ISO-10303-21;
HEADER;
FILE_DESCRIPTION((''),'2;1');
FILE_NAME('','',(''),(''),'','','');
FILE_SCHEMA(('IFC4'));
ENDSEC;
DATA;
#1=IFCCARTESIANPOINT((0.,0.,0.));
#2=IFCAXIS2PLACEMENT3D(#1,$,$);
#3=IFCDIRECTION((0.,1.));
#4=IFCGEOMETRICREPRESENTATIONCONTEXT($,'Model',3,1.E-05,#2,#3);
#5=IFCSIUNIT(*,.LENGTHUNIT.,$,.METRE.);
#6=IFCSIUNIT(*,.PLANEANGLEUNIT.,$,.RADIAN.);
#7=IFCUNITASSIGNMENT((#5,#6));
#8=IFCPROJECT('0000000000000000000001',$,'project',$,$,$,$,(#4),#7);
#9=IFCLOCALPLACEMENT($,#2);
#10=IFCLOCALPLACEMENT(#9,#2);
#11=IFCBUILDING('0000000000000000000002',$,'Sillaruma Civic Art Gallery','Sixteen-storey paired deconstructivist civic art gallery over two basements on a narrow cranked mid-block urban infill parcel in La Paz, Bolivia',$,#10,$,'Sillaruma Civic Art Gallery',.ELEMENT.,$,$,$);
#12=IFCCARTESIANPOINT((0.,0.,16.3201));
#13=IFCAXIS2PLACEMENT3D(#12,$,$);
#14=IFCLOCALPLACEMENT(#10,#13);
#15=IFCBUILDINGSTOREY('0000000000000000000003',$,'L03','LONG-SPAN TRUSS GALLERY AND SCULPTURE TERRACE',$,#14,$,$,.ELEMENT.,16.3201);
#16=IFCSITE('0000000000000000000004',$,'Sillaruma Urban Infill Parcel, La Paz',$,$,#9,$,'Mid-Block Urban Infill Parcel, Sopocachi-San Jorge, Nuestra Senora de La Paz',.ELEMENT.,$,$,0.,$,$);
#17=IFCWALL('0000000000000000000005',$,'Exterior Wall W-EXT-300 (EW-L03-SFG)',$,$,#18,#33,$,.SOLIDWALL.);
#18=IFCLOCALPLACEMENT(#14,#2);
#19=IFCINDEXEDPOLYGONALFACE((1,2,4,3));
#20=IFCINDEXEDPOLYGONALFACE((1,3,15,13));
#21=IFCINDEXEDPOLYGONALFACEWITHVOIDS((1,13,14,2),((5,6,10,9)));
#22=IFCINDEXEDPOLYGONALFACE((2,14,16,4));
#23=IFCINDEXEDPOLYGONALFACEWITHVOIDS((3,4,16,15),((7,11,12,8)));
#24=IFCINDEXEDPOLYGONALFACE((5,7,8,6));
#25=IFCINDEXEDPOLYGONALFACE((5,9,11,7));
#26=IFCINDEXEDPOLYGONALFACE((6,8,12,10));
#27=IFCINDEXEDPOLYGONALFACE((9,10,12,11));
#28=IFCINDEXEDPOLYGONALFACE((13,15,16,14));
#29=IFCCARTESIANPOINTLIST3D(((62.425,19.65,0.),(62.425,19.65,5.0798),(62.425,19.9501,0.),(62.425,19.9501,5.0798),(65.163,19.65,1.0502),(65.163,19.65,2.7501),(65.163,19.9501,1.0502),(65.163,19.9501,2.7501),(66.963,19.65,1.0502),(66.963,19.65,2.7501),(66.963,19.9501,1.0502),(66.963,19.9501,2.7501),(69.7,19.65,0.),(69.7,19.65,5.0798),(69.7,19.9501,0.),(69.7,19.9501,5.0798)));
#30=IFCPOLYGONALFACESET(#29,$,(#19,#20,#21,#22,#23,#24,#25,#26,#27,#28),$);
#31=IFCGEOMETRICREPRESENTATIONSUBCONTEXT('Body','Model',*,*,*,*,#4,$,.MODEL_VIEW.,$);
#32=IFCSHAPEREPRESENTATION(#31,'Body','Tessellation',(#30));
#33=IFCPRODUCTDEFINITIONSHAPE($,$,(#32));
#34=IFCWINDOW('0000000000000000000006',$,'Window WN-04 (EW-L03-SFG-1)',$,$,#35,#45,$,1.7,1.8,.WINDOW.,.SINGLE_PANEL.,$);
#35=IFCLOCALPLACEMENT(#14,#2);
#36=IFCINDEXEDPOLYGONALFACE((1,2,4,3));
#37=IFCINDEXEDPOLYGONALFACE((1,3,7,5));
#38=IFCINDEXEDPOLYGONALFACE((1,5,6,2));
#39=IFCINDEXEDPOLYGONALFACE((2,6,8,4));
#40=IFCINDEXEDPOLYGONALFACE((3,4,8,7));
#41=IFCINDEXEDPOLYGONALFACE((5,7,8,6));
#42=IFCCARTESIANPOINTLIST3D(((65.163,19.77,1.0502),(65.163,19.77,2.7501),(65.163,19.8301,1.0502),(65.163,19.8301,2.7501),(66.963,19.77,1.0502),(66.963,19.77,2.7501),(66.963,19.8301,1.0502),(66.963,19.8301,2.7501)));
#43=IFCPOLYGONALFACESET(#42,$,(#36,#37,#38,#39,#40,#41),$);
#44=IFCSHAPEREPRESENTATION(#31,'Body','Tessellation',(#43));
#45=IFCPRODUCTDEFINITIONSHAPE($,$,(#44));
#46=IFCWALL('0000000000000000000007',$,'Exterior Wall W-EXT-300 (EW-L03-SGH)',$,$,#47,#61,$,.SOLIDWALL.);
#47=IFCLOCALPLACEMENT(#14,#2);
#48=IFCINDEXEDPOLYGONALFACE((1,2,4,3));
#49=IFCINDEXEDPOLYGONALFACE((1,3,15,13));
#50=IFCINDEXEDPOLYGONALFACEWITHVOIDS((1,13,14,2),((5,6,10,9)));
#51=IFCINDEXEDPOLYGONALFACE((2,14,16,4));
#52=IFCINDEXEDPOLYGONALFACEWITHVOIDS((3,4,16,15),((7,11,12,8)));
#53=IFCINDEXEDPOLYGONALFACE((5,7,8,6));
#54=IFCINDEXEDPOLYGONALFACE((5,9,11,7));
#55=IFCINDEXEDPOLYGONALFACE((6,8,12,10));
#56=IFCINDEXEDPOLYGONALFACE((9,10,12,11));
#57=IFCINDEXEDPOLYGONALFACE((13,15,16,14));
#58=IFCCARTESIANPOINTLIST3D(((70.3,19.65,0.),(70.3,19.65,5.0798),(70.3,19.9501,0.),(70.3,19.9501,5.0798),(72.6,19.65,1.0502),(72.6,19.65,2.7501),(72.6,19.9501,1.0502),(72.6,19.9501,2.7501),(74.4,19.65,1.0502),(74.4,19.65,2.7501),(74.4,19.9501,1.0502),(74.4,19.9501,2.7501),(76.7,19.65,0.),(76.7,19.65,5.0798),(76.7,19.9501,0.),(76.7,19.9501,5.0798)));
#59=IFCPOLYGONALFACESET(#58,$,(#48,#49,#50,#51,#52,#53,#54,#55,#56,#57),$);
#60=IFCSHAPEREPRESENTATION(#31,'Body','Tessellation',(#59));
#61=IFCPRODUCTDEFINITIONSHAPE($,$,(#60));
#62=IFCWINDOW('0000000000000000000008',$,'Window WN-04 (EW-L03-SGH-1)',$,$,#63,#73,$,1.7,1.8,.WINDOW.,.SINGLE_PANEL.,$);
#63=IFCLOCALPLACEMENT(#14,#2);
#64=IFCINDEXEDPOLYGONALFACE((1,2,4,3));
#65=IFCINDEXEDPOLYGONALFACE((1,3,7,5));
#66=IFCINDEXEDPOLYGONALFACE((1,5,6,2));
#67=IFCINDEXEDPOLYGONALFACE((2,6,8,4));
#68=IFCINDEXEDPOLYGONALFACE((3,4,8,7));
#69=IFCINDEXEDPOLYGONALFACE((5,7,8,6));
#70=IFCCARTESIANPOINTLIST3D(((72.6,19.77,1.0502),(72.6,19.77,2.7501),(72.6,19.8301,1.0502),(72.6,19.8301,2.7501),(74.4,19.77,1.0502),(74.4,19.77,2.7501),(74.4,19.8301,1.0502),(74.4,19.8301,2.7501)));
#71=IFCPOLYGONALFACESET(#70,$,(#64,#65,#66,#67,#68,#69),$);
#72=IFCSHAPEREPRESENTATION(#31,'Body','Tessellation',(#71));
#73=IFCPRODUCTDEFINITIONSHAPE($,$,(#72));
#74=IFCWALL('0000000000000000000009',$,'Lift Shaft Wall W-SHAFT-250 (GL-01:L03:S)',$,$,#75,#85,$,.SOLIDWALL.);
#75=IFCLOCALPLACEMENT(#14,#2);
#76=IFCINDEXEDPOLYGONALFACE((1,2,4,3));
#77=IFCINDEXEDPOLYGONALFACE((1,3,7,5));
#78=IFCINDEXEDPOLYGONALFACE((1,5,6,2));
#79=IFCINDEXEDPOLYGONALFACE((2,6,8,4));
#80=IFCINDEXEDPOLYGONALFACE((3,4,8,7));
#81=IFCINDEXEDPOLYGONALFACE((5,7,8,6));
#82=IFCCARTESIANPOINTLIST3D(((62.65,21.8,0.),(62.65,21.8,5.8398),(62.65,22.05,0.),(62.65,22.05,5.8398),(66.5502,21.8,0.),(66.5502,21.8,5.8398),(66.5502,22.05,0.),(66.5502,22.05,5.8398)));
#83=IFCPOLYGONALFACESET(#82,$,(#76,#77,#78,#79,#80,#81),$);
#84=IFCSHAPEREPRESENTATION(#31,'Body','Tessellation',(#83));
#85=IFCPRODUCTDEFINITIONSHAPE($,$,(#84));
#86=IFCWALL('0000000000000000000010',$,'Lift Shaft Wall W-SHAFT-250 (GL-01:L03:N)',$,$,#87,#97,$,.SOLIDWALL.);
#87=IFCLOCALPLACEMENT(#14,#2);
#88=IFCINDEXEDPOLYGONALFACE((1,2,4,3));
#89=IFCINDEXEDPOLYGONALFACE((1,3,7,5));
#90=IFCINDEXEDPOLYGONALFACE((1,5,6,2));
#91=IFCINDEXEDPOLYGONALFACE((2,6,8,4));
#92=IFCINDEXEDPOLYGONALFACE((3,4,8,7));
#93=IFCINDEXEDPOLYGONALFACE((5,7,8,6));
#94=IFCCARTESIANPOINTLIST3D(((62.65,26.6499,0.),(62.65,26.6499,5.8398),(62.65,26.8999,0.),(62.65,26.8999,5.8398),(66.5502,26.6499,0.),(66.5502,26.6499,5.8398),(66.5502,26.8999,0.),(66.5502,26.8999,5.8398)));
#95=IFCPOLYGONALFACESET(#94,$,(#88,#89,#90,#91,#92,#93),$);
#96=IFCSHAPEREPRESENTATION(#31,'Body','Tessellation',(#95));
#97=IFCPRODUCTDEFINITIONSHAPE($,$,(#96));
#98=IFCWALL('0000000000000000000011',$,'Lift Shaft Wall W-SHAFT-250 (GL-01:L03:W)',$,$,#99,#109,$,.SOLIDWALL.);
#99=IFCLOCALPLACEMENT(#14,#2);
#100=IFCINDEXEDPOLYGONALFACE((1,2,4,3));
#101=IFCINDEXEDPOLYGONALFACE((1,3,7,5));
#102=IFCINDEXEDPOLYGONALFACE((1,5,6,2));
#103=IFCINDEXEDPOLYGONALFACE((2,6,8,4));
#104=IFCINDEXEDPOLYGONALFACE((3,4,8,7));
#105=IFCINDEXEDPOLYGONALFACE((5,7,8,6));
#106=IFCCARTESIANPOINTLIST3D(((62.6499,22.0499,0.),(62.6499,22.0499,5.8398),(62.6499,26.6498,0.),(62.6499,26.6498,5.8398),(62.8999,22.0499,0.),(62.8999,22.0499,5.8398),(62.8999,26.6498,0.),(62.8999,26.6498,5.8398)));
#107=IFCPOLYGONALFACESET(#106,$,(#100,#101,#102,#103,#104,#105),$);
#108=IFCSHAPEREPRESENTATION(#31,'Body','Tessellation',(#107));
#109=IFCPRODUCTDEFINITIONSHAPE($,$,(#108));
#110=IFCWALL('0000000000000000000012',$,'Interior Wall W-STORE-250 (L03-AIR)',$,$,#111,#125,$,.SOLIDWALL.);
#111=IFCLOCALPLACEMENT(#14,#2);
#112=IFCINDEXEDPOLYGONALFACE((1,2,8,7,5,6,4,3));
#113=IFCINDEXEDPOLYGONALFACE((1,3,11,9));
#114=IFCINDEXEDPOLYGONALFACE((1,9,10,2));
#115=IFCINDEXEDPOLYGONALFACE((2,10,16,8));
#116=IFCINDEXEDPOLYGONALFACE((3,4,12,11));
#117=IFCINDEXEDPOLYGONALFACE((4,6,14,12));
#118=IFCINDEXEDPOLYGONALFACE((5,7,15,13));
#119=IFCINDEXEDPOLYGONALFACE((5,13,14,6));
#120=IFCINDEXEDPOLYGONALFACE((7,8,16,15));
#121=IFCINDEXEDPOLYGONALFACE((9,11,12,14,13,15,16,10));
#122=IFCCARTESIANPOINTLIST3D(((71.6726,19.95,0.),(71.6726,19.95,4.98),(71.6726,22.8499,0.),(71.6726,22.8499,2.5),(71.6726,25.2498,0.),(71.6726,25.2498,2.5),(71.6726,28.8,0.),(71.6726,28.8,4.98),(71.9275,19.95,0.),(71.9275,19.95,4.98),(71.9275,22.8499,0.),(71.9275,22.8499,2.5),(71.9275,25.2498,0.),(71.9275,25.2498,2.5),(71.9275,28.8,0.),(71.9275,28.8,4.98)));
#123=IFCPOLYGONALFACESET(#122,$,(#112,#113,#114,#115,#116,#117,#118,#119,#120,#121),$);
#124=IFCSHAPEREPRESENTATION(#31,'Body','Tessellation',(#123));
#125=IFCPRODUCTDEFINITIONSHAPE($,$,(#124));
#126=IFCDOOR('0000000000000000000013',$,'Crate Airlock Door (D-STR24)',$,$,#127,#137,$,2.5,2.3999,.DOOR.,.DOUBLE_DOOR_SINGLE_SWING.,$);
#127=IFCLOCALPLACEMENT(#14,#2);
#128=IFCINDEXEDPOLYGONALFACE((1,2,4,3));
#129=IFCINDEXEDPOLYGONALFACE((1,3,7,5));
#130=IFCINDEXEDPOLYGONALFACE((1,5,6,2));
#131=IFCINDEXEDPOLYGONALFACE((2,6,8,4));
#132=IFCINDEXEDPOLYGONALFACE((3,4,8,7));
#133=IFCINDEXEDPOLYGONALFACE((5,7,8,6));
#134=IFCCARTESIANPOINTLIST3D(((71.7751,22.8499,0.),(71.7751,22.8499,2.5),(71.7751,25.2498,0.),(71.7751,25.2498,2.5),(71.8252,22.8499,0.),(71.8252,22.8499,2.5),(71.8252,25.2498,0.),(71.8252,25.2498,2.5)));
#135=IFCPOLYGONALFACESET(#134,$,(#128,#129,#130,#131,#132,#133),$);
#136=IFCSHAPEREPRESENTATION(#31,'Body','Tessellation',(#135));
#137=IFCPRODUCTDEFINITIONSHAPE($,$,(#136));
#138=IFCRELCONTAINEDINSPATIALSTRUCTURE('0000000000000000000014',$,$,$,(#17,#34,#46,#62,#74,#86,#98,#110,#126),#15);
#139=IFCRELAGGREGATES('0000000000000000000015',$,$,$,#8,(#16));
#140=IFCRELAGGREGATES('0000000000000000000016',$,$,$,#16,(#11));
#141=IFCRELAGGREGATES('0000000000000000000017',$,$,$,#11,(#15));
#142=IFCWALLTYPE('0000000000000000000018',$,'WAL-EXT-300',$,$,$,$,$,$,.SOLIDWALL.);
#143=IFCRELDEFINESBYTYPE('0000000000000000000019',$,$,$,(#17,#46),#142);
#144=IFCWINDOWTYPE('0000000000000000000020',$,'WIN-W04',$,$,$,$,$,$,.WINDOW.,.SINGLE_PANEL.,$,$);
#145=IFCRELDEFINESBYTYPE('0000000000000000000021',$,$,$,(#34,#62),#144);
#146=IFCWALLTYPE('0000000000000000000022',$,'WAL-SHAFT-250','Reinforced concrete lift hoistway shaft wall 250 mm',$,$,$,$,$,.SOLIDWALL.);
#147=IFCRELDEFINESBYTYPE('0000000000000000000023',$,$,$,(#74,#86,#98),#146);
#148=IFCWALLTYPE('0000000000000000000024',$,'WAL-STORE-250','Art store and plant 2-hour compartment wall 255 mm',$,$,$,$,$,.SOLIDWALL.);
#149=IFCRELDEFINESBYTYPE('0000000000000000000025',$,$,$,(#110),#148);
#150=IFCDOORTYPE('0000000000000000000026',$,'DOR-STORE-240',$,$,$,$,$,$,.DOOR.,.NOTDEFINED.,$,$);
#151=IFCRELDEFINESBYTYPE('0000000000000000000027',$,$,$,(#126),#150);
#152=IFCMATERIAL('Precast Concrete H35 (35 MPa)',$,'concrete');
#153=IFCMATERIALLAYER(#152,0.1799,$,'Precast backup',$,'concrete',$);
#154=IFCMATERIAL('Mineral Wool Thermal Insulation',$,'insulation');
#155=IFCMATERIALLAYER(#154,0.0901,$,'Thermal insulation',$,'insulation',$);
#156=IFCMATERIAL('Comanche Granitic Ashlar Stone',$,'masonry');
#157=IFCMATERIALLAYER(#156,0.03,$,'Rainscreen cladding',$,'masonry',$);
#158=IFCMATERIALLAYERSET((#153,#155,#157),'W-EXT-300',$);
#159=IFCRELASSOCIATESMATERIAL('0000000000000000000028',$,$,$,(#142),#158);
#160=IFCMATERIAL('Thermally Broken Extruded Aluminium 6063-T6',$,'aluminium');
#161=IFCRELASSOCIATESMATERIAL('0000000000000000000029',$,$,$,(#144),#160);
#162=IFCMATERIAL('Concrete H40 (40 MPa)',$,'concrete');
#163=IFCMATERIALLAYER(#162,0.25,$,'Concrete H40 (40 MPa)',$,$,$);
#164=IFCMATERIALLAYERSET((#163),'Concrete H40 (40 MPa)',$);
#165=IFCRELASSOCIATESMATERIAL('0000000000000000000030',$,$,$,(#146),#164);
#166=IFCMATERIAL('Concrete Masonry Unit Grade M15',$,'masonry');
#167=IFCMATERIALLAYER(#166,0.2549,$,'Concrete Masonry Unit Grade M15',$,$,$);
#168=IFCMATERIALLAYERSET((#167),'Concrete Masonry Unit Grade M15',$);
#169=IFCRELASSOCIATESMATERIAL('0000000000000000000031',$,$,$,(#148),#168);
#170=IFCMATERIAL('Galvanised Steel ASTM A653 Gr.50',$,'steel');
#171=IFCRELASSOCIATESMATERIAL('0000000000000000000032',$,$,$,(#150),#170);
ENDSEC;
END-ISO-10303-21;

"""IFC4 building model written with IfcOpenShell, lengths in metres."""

from ifc_helpers import new_model, si_unit, direction, frame, frame_2d, origin, place, context, subcontext, project, spatial, rectangle, extrude, material, layer, layer_set, type_object, element, fill, save


model = new_model("IFC4")

# Units and contexts
model_context = context("Model", 3, precision=1e-05, world=origin(), true_north=direction((0.0, 1.0)))
body_context = subcontext(model_context, "Body", "Model", "MODEL_VIEW")
ifc_project = project(units=[si_unit("LENGTHUNIT", "METRE"), si_unit("PLANEANGLEUNIT", "RADIAN")], contexts=[model_context])

# Site, building, storey
site_placement = place(None, origin())
site = spatial("IfcSite", under=ifc_project, at=site_placement, Name="Sillaruma Urban Infill Parcel, La Paz", LongName="Mid-Block Urban Infill Parcel, Sopocachi-San Jorge, Nuestra Senora de La Paz", CompositionType="ELEMENT", RefElevation=0.0)
building_placement = place(site_placement, origin())
building = spatial("IfcBuilding", under=site, at=building_placement, Name="Sillaruma Civic Art Gallery", Description="Sixteen-storey paired deconstructivist civic art gallery over two basements on a narrow cranked mid-block urban infill parcel in La Paz, Bolivia", LongName="Sillaruma Civic Art Gallery", CompositionType="ELEMENT")
storey_placement = place(building_placement, frame((0.0, 0.0, 16.3201)))
storey = spatial("IfcBuildingStorey", under=building, at=storey_placement, Name="L03", Description="LONG-SPAN TRUSS GALLERY AND SCULPTURE TERRACE", CompositionType="ELEMENT", Elevation=16.3201)

# Shared definitions
ifc_material_1 = material(Name="Concrete H40 (40 MPa)", Category="concrete")

# Walls, openings, windows
ifc_material_2 = material(Name="Precast Concrete H35 (35 MPa)", Category="concrete")
ifc_layer_1 = layer(ifc_material_2, 0.1799, Name="Precast backup", Category="concrete")
ifc_material_3 = material(Name="Mineral Wool Thermal Insulation", Category="insulation")
ifc_layer_2 = layer(ifc_material_3, 0.0901, Name="Thermal insulation", Category="insulation")
ifc_material_4 = material(Name="Comanche Granitic Ashlar Stone", Category="masonry")
ifc_layer_3 = layer(ifc_material_4, 0.03, Name="Rainscreen cladding", Category="masonry")
ifc_layer_set_1 = layer_set([ifc_layer_1, ifc_layer_2, ifc_layer_3], Name="W-EXT-300")
wall_type_1 = type_object("IfcWallType", Name="WAL-EXT-300", PredefinedType="SOLIDWALL", material=ifc_layer_set_1)
wall_1_placement = place(storey_placement, frame((62.425, 19.8, 0.0), z_axis=(0.0, 0.0, 1.0), x_axis=(1.0, 0.0, 0.0)))
wall_1 = element("IfcWall", 1, at=wall_1_placement, inside=storey, type_object=wall_type_1, Name="Exterior Wall W-EXT-300 (EW-L03-SFG)", PredefinedType="SOLIDWALL", context=body_context, shape_type="SweptSolid", body=[
    extrude(rectangle(XDim=7.2749, YDim=0.3, at=frame_2d((3.6375, 0.0))), origin(), (0.0, 0.0, 1.0), 5.0798),
])
opening_1_placement = place(wall_1_placement, frame((2.738, 0.0, 1.05)))
opening_1 = element("IfcOpeningElement", 2, at=opening_1_placement, cuts=wall_1, PredefinedType="OPENING", context=body_context, shape_type="SweptSolid", body=[
    extrude(rectangle(XDim=1.8, YDim=1.7, at=frame_2d((0.8999, 0.8501))), frame((0.0, 0.1599, 0.0), z_axis=(0.0, -1.0, 0.0), x_axis=(1.0, 0.0, 0.0)), (0.0, 0.0, 1.0), 0.3201),
])
ifc_material_5 = material(Name="Thermally Broken Extruded Aluminium 6063-T6", Category="aluminium")
window_type = type_object("IfcWindowType", Name="WIN-W04", PartitioningType="SINGLE_PANEL", PredefinedType="WINDOW", material=ifc_material_5)
window_1_placement = place(opening_1_placement, origin())
window_1 = element("IfcWindow", 3, at=window_1_placement, inside=storey, type_object=window_type, Name="Window WN-04 (EW-L03-SFG-1)", OverallHeight=1.7, OverallWidth=1.8, PartitioningType="SINGLE_PANEL", PredefinedType="WINDOW", context=body_context, shape_type="SweptSolid", body=[
    extrude(rectangle(XDim=1.8, YDim=1.7, at=frame_2d((0.8999, 0.8501))), frame((0.0, 0.03, 0.0), z_axis=(0.0, -1.0, 0.0), x_axis=(1.0, 0.0, 0.0)), (0.0, 0.0, 1.0), 0.0601),
])
fill(opening_1, window_1)
wall_2_placement = place(storey_placement, frame((70.3, 19.8, 0.0), z_axis=(0.0, 0.0, 1.0), x_axis=(1.0, 0.0, 0.0)))
wall_2 = element("IfcWall", 4, at=wall_2_placement, inside=storey, type_object=wall_type_1, Name="Exterior Wall W-EXT-300 (EW-L03-SGH)", PredefinedType="SOLIDWALL", context=body_context, shape_type="SweptSolid", body=[
    extrude(rectangle(XDim=6.3999, YDim=0.3, at=frame_2d((3.2, 0.0))), origin(), (0.0, 0.0, 1.0), 5.0798),
])
opening_2_placement = place(wall_2_placement, frame((2.3, 0.0, 1.05)))
opening_2 = element("IfcOpeningElement", 5, at=opening_2_placement, cuts=wall_2, PredefinedType="OPENING", context=body_context, shape_type="SweptSolid", body=[
    extrude(rectangle(XDim=1.8, YDim=1.7, at=frame_2d((0.8999, 0.8501))), frame((0.0, 0.1599, 0.0), z_axis=(0.0, -1.0, 0.0), x_axis=(1.0, 0.0, 0.0)), (0.0, 0.0, 1.0), 0.3201),
])
window_2_placement = place(opening_2_placement, origin())
window_2 = element("IfcWindow", 6, at=window_2_placement, inside=storey, type_object=window_type, Name="Window WN-04 (EW-L03-SGH-1)", OverallHeight=1.7, OverallWidth=1.8, PartitioningType="SINGLE_PANEL", PredefinedType="WINDOW", context=body_context, shape_type="SweptSolid", body=[
    extrude(rectangle(XDim=1.8, YDim=1.7, at=frame_2d((0.8999, 0.8501))), frame((0.0, 0.03, 0.0), z_axis=(0.0, -1.0, 0.0), x_axis=(1.0, 0.0, 0.0)), (0.0, 0.0, 1.0), 0.0601),
])
fill(opening_2, window_2)

# Walls
ifc_layer_4 = layer(ifc_material_1, 0.25, Name="Concrete H40 (40 MPa)")
ifc_layer_set_2 = layer_set([ifc_layer_4], Name="Concrete H40 (40 MPa)")
wall_type_2 = type_object("IfcWallType", Name="WAL-SHAFT-250", Description="Reinforced concrete lift hoistway shaft wall 250 mm", PredefinedType="SOLIDWALL", material=ifc_layer_set_2)
for number, where, z_axis, x_axis, name in (
    (7, (62.6499, 21.925, 0.0), (0.0, 0.0, 1.0), (1.0, 0.0, 0.0), "Lift Shaft Wall W-SHAFT-250 (GL-01:L03:S)"),
    (8, (62.6499, 26.7749, 0.0), (0.0, 0.0, 1.0), (1.0, 0.0, 0.0), "Lift Shaft Wall W-SHAFT-250 (GL-01:L03:N)"),
):
    element("IfcWall", number, at=place(storey_placement, frame(where, z_axis=z_axis, x_axis=x_axis)), inside=storey, type_object=wall_type_2, Name=name, PredefinedType="SOLIDWALL", context=body_context, shape_type="SweptSolid", body=[
        extrude(rectangle(XDim=3.9001, YDim=0.25, at=frame_2d((1.9502, 0.0))), origin(), (0.0, 0.0, 1.0), 5.8398),
    ])
wall_3_placement = place(storey_placement, frame((62.7749, 22.05, 0.0), z_axis=(0.0, 0.0, 1.0), x_axis=(0.0, 1.0, 0.0)))
element("IfcWall", 9, at=wall_3_placement, inside=storey, type_object=wall_type_2, Name="Lift Shaft Wall W-SHAFT-250 (GL-01:L03:W)", PredefinedType="SOLIDWALL", context=body_context, shape_type="SweptSolid", body=[
    extrude(rectangle(XDim=4.5999, YDim=0.25, at=frame_2d((2.2998, 0.0))), origin(), (0.0, 0.0, 1.0), 5.8398),
])

# Wall, opening, door
ifc_material_6 = material(Name="Galvanised Steel ASTM A653 Gr.50", Category="steel")
ifc_material_7 = material(Name="Concrete Masonry Unit Grade M15", Category="masonry")
ifc_layer_5 = layer(ifc_material_7, 0.2549, Name="Concrete Masonry Unit Grade M15")
ifc_layer_set_3 = layer_set([ifc_layer_5], Name="Concrete Masonry Unit Grade M15")
wall_type_3 = type_object("IfcWallType", Name="WAL-STORE-250", Description="Art store and plant 2-hour compartment wall 255 mm", PredefinedType="SOLIDWALL", material=ifc_layer_set_3)
wall_4_placement = place(storey_placement, frame((71.8, 19.95, 0.0), z_axis=(0.0, 0.0, 1.0), x_axis=(0.0, 1.0, 0.0)))
wall_4 = element("IfcWall", 10, at=wall_4_placement, inside=storey, type_object=wall_type_3, Name="Interior Wall W-STORE-250 (L03-AIR)", PredefinedType="SOLIDWALL", context=body_context, shape_type="SweptSolid", body=[
    extrude(rectangle(XDim=8.8501, YDim=0.2549, at=frame_2d((4.425, 0.0))), origin(), (0.0, 0.0, 1.0), 4.98),
])
opening_3_placement = place(wall_4_placement, frame((2.8999, 0.0, 0.0)))
opening_3 = element("IfcOpeningElement", 11, at=opening_3_placement, cuts=wall_4, PredefinedType="OPENING", context=body_context, shape_type="SweptSolid", body=[
    extrude(rectangle(XDim=2.3999, YDim=2.5, at=frame_2d((1.2, 1.25))), frame((0.0, 0.1375, 0.0), z_axis=(0.0, -1.0, 0.0), x_axis=(1.0, 0.0, 0.0)), (0.0, 0.0, 1.0), 0.2749),
])
door_type_1 = type_object("IfcDoorType", Name="DOR-STORE-240", OperationType="NOTDEFINED", PredefinedType="DOOR", material=ifc_material_6)
door_1_placement = place(opening_3_placement, origin())
door_1 = element("IfcDoor", 12, at=door_1_placement, inside=storey, type_object=door_type_1, Name="Crate Airlock Door (D-STR24)", OperationType="DOUBLE_DOOR_SINGLE_SWING", OverallHeight=2.5, OverallWidth=2.3999, PredefinedType="DOOR", context=body_context, shape_type="SweptSolid", body=[
    extrude(rectangle(XDim=2.3999, YDim=2.5, at=frame_2d((1.2, 1.25))), frame((0.0, 0.0249, 0.0), z_axis=(0.0, -1.0, 0.0), x_axis=(1.0, 0.0, 0.0)), (0.0, 0.0, 1.0), 0.05),
])
fill(opening_3, door_1)

save(model, "model.ifc")
